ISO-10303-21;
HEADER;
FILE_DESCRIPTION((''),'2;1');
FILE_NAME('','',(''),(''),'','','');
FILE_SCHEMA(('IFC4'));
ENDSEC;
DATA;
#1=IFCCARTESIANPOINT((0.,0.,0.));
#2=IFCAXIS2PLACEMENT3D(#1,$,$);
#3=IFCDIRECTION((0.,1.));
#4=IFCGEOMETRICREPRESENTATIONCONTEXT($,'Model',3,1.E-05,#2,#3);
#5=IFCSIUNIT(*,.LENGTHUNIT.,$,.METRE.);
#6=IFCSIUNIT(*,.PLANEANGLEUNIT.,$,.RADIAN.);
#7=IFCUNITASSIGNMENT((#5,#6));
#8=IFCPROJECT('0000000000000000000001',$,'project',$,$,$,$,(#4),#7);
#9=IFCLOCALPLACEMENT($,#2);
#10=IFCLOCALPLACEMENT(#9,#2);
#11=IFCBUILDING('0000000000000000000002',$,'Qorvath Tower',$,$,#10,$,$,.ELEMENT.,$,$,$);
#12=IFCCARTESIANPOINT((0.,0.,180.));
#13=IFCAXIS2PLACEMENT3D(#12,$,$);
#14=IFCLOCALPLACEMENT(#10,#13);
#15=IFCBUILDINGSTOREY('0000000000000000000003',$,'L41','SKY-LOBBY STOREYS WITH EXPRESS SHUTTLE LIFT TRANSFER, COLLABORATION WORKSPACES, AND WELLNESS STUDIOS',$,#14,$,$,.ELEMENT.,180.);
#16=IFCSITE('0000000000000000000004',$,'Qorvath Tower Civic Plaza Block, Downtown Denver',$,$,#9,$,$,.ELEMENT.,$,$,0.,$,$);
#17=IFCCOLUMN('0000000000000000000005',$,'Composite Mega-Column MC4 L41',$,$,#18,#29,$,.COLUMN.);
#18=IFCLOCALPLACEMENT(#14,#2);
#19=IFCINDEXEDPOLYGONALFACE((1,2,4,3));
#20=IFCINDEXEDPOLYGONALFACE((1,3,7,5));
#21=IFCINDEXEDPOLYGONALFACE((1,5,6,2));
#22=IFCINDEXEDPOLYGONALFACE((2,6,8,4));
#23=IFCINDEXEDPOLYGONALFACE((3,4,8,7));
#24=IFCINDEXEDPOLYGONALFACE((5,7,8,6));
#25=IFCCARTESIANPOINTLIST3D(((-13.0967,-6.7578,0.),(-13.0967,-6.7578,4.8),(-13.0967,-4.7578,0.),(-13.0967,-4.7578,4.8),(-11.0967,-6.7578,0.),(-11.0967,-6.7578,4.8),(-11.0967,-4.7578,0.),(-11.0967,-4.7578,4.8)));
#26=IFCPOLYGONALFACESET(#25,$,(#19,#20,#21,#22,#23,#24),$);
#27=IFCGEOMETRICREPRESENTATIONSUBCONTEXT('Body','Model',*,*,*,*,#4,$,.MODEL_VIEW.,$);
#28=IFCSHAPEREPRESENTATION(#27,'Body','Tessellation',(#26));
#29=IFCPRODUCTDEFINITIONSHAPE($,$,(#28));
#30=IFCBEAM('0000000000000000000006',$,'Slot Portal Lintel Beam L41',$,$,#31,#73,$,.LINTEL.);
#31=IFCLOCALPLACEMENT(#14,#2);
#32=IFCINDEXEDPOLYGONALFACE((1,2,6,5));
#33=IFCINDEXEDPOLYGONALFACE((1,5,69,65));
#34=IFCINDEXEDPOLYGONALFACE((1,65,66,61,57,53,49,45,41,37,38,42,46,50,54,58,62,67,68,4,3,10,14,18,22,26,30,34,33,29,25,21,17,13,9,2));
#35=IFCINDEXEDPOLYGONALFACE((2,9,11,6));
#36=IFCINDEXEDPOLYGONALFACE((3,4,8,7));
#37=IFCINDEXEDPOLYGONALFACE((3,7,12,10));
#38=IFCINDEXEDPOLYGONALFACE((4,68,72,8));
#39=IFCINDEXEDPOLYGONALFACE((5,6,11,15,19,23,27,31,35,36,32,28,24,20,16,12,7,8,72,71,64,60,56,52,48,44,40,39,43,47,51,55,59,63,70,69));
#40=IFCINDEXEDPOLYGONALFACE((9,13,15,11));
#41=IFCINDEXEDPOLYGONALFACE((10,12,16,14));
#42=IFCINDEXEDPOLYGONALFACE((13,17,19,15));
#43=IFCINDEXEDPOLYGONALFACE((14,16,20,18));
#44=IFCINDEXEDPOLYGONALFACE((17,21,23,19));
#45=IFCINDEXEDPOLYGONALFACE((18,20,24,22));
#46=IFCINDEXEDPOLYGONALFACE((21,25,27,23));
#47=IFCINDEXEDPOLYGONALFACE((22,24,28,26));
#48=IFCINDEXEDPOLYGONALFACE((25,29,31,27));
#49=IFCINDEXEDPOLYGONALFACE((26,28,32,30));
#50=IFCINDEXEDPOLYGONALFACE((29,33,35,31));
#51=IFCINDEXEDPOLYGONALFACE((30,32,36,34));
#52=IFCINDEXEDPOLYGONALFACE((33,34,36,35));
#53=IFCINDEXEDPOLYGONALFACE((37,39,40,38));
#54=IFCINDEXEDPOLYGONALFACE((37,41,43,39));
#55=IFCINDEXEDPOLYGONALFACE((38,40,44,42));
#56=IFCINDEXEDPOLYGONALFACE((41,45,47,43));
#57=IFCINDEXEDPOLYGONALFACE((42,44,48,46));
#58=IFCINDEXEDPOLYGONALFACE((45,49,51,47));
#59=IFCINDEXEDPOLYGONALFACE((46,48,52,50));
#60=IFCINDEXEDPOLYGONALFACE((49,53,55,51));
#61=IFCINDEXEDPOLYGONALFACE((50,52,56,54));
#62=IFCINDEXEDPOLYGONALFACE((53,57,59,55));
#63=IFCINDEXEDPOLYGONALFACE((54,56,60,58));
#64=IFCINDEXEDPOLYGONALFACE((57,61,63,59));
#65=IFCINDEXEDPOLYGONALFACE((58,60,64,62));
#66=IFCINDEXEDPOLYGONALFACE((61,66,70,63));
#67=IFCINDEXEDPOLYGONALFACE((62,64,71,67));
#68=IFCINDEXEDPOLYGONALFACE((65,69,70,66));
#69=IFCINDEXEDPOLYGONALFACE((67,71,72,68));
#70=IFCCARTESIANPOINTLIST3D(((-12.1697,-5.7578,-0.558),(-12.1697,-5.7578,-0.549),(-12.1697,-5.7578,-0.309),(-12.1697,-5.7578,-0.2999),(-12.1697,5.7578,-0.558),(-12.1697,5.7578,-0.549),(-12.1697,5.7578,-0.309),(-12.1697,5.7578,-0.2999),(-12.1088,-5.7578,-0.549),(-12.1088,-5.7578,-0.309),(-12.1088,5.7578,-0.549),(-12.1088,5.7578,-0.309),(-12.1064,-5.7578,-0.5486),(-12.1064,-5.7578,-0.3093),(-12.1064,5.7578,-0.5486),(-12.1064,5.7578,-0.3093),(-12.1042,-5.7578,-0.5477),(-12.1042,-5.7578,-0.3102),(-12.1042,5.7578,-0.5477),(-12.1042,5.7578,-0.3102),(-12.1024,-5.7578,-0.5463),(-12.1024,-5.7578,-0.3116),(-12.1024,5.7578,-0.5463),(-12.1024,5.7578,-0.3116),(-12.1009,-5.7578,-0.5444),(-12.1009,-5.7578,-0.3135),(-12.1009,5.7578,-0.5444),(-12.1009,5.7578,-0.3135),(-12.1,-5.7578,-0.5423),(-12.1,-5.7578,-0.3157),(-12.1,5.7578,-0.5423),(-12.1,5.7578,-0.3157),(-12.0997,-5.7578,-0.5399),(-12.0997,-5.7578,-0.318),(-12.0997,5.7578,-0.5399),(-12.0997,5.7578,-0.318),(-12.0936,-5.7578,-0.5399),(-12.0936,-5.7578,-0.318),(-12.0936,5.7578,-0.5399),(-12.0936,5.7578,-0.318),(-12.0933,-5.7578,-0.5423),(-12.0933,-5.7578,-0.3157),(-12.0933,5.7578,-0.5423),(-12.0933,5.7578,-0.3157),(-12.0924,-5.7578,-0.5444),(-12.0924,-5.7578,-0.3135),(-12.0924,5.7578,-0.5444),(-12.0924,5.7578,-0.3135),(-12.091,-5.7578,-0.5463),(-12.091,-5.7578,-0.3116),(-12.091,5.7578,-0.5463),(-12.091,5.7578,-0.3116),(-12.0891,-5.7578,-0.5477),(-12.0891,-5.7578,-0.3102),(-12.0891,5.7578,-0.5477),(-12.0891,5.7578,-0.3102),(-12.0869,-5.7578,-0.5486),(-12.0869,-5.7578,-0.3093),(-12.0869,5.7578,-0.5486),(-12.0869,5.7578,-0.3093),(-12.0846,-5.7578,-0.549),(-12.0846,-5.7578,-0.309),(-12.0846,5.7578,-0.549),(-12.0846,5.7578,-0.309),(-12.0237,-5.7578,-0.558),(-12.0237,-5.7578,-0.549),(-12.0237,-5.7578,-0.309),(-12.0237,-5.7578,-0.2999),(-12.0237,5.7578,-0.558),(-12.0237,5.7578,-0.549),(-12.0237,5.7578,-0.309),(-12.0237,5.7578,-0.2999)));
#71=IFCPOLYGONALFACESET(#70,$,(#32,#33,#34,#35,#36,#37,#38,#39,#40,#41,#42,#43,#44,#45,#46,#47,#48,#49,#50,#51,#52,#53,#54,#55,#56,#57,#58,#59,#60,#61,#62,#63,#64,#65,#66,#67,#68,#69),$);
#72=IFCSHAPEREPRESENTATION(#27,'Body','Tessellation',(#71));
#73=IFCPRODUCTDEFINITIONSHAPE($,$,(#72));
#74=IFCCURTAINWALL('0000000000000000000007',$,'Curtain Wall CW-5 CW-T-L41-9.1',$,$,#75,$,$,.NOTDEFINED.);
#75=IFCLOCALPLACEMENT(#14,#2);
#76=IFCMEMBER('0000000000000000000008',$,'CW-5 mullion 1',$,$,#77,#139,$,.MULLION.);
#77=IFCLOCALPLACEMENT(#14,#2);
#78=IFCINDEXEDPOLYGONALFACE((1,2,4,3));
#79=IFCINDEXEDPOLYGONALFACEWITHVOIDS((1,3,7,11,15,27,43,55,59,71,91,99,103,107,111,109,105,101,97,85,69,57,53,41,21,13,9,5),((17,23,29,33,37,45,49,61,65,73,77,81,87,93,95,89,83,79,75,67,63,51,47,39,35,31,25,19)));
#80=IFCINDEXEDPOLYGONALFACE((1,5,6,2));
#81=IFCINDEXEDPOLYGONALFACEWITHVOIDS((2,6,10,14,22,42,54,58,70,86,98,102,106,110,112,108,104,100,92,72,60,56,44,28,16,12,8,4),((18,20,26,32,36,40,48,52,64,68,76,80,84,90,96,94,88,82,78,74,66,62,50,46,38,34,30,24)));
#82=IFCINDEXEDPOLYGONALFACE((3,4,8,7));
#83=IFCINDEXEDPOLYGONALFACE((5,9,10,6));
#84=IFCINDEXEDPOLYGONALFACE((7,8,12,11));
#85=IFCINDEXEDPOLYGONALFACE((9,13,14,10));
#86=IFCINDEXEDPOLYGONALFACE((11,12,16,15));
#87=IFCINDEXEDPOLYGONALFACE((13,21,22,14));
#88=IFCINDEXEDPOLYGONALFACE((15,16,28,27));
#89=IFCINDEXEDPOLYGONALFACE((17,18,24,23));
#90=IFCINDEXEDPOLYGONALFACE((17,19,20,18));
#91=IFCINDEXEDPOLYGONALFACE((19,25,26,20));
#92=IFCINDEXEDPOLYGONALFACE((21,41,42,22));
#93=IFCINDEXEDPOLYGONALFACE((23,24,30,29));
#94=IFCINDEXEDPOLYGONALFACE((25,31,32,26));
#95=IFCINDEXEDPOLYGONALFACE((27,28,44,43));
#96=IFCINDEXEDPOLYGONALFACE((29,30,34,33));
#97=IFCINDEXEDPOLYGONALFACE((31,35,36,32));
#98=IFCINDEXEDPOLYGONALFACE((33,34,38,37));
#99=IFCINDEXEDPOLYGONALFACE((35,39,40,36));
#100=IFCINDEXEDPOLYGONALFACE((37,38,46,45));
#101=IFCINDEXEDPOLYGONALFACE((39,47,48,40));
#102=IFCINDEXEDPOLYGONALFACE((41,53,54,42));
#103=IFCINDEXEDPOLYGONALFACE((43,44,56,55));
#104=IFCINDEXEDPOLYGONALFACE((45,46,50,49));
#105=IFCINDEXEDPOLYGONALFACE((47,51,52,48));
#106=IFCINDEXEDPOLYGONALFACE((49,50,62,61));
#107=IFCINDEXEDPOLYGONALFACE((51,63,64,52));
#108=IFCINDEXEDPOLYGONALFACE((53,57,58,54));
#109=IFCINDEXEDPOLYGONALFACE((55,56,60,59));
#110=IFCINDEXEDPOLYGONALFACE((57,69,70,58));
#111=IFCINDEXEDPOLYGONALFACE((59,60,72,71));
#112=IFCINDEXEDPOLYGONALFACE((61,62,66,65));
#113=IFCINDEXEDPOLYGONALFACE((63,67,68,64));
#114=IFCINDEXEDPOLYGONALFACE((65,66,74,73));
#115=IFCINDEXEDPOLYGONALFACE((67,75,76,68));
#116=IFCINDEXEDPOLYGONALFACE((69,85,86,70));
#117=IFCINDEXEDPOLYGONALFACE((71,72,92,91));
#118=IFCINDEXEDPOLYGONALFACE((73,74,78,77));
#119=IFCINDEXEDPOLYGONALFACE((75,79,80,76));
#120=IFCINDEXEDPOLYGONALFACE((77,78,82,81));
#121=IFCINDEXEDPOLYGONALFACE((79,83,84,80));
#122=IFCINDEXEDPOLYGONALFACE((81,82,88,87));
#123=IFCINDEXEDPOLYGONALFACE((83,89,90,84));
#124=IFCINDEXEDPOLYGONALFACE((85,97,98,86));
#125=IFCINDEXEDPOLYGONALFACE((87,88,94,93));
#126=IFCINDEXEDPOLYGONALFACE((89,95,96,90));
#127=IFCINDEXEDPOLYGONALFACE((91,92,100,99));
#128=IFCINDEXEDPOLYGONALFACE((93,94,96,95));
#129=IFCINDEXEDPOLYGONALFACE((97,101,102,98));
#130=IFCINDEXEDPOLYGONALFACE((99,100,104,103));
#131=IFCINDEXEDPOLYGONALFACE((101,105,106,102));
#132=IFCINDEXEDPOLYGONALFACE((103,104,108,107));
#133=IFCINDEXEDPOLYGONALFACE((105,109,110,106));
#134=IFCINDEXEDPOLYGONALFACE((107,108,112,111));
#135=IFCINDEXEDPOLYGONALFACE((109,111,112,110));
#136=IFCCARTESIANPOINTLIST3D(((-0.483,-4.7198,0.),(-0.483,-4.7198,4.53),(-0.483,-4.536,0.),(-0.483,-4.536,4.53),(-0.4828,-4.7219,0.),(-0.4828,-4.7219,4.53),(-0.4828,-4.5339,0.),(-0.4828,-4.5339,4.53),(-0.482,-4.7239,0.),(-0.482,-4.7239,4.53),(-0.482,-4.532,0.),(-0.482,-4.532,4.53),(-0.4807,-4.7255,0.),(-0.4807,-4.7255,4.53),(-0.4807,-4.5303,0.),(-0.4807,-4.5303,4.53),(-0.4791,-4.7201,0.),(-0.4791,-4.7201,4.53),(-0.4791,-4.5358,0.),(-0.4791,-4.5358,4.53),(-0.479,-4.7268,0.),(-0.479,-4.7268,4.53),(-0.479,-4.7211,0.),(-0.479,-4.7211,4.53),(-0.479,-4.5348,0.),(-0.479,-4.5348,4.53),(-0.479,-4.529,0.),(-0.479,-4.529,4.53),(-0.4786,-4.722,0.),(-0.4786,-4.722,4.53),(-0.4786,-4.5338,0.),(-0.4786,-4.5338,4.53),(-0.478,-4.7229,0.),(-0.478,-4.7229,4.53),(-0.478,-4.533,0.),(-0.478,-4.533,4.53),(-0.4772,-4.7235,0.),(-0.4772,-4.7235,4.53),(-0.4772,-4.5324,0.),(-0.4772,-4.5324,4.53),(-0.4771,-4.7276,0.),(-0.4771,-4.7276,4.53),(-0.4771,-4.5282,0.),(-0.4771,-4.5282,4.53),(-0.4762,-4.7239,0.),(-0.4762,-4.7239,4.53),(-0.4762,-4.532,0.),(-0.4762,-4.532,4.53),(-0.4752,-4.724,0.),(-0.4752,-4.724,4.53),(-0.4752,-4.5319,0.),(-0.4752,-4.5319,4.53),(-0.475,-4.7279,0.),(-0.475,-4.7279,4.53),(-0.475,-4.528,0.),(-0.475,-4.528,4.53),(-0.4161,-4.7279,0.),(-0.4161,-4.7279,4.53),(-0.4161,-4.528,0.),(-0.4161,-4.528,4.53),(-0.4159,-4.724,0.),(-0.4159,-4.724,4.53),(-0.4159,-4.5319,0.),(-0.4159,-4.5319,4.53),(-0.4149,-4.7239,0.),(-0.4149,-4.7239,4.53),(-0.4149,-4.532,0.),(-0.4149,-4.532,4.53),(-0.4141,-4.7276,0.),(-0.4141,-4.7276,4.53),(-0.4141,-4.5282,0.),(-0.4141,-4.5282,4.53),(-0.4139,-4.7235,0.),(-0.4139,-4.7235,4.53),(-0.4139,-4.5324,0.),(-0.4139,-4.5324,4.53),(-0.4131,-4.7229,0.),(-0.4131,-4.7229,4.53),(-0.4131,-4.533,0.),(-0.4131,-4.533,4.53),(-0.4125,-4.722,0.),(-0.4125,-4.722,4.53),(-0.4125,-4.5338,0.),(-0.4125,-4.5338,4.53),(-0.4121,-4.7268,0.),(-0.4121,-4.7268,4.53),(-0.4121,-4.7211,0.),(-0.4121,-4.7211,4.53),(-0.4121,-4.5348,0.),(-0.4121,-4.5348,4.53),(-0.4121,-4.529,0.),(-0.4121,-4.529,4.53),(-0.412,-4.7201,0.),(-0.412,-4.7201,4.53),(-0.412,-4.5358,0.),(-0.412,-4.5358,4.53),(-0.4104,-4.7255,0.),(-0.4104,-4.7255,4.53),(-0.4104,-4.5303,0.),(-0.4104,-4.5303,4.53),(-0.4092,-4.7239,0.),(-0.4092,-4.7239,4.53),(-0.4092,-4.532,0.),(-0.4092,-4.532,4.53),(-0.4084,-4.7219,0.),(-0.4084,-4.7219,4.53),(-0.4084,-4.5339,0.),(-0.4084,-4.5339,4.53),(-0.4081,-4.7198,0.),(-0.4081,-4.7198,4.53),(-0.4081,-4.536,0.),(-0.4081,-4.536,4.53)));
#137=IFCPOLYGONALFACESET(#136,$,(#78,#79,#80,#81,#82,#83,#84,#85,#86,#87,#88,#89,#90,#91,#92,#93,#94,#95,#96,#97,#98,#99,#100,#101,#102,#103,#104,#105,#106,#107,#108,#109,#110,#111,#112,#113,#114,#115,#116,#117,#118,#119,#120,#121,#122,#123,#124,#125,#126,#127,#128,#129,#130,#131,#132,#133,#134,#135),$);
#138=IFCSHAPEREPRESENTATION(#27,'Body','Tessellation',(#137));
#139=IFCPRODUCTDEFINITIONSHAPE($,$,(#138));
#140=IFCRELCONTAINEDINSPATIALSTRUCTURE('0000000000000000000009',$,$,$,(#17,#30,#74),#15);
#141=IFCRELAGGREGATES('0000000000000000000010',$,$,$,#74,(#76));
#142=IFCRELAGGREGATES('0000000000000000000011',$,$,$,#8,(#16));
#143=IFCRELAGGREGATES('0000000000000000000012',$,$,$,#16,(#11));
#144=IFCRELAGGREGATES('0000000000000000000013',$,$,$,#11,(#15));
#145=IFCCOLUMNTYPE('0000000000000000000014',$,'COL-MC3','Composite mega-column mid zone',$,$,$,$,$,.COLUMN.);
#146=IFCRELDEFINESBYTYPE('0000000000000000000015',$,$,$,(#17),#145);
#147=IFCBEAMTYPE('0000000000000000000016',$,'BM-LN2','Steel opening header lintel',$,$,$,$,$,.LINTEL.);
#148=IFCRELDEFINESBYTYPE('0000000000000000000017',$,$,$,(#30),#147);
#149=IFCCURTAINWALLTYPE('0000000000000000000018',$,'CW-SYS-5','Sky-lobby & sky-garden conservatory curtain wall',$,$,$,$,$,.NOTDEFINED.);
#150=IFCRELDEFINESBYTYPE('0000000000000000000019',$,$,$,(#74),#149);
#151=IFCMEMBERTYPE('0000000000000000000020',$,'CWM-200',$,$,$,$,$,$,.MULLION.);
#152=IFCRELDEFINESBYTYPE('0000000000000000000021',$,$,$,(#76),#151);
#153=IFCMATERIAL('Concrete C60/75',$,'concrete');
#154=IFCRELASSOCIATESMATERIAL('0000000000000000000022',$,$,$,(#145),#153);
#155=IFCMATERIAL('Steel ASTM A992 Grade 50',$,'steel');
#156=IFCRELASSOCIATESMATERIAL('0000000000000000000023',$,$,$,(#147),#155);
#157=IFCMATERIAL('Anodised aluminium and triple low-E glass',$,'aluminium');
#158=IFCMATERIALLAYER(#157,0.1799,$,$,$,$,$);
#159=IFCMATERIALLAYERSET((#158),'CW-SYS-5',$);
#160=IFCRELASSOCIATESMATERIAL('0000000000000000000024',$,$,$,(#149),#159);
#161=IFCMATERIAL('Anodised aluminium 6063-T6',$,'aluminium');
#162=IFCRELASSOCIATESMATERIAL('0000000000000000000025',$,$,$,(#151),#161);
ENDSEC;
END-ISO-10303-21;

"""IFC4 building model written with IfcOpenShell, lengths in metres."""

from ifc_helpers import new_model, si_unit, direction, frame, origin, origin_2d, place, context, subcontext, project, spatial, rectangle, hollow_rectangle, i_section, extrude, material, layer, layer_set, material_profile, profile_set, type_object, element, aggregate, save


model = new_model("IFC4")

# Units and contexts
model_context = context("Model", 3, precision=1e-05, world=origin(), true_north=direction((0.0, 1.0)))
body_context = subcontext(model_context, "Body", "Model", "MODEL_VIEW")
ifc_project = project(units=[si_unit("LENGTHUNIT", "METRE"), si_unit("PLANEANGLEUNIT", "RADIAN")], contexts=[model_context])

# Site, building, storey
site_placement = place(None, origin())
site = spatial("IfcSite", under=ifc_project, at=site_placement, Name="Qorvath Tower Civic Plaza Block, Downtown Denver", CompositionType="ELEMENT", RefElevation=0.0)
building_placement = place(site_placement, origin())
building = spatial("IfcBuilding", under=site, at=building_placement, Name="Qorvath Tower", CompositionType="ELEMENT")
storey_placement = place(building_placement, frame((0.0, 0.0, 180.0)))
storey = spatial("IfcBuildingStorey", under=building, at=storey_placement, Name="L41", Description="SKY-LOBBY STOREYS WITH EXPRESS SHUTTLE LIFT TRANSFER, COLLABORATION WORKSPACES, AND WELLNESS STUDIOS", CompositionType="ELEMENT", Elevation=180.0)

# Column
ifc_material_1 = material(Name="Concrete C60/75", Category="concrete")
ifc_material_profile_1 = material_profile(ifc_material_1, rectangle(XDim=2.0, YDim=2.0, at=origin_2d()), Name="MC 2000x2000")
ifc_profile_set_1 = profile_set([ifc_material_profile_1], Name="Concrete C60/75")
column_type = type_object("IfcColumnType", Name="COL-MC3", Description="Composite mega-column mid zone", PredefinedType="COLUMN", material=ifc_profile_set_1)
column_placement = place(storey_placement, frame((-12.0967, -5.7578, 0.0), z_axis=(0.0, 0.0, 1.0), x_axis=(1.0, 0.0, 0.0)))
element("IfcColumn", 1, at=column_placement, inside=storey, type_object=column_type, Name="Composite Mega-Column MC4 L41", PredefinedType="COLUMN", context=body_context, shape_type="SweptSolid", body=[
    extrude(rectangle(XDim=2.0, YDim=2.0, at=origin_2d()), origin(), (0.0, 0.0, 1.0), 4.8),
])

# Beam
ifc_material_2 = material(Name="Steel ASTM A992 Grade 50", Category="steel")
ifc_material_profile_2 = material_profile(ifc_material_2, i_section(OverallWidth=0.146, OverallDepth=0.2581, WebThickness=0.0061, FlangeThickness=0.009, FilletRadius=0.009, at=origin_2d()), Name="W10x22")
ifc_profile_set_2 = profile_set([ifc_material_profile_2], Name="Steel ASTM A992 Grade 50")
beam_type = type_object("IfcBeamType", Name="BM-LN2", Description="Steel opening header lintel", PredefinedType="LINTEL", material=ifc_profile_set_2)
beam_placement = place(storey_placement, frame((-12.0967, -5.7578, -0.429), z_axis=(0.0, 1.0, 0.0), x_axis=(-1.0, 0.0, 0.0)))
element("IfcBeam", 2, at=beam_placement, inside=storey, type_object=beam_type, Name="Slot Portal Lintel Beam L41", PredefinedType="LINTEL", context=body_context, shape_type="SweptSolid", body=[
    extrude(i_section(OverallWidth=0.146, OverallDepth=0.2581, WebThickness=0.0061, FlangeThickness=0.009, FilletRadius=0.009, at=origin_2d()), origin(), (0.0, 0.0, 1.0), 11.5156),
])

# Curtain wall, member
ifc_material_3 = material(Name="Anodised aluminium and triple low-E glass", Category="aluminium")
ifc_layer_1 = layer(ifc_material_3, 0.1799)
ifc_layer_set_1 = layer_set([ifc_layer_1], Name="CW-SYS-5")
curtain_wall_type = type_object("IfcCurtainWallType", Name="CW-SYS-5", Description="Sky-lobby & sky-garden conservatory curtain wall", PredefinedType="NOTDEFINED", material=ifc_layer_set_1)
curtain_wall_placement = place(storey_placement, origin())
curtain_wall = element("IfcCurtainWall", 3, at=curtain_wall_placement, inside=storey, type_object=curtain_wall_type, Name="Curtain Wall CW-5 CW-T-L41-9.1", PredefinedType="NOTDEFINED")
ifc_material_4 = material(Name="Anodised aluminium 6063-T6", Category="aluminium")
ifc_material_profile_3 = material_profile(ifc_material_4, hollow_rectangle(XDim=0.075, YDim=0.2, WallThickness=0.0039, InnerFilletRadius=0.0039, OuterFilletRadius=0.0081, at=origin_2d()), Name="CWM 200x75")
ifc_profile_set_3 = profile_set([ifc_material_profile_3], Name="Anodised aluminium 6063-T6")
member_type_1 = type_object("IfcMemberType", Name="CWM-200", PredefinedType="MULLION", material=ifc_profile_set_3)
member_1_placement = place(storey_placement, frame((-0.4456, -4.6279, 0.0), z_axis=(0.0, 0.0, 1.0), x_axis=(-1.0, 0.0, 0.0)))
member_1 = element("IfcMember", 4, at=member_1_placement, type_object=member_type_1, Name="CW-5 mullion 1", PredefinedType="MULLION", context=body_context, shape_type="SweptSolid", body=[
    extrude(hollow_rectangle(XDim=0.075, YDim=0.2, WallThickness=0.0039, InnerFilletRadius=0.0039, OuterFilletRadius=0.0081, at=origin_2d()), origin(), (0.0, 0.0, 1.0), 4.53),
])

aggregate(curtain_wall, [member_1])

save(model, "model.ifc")
